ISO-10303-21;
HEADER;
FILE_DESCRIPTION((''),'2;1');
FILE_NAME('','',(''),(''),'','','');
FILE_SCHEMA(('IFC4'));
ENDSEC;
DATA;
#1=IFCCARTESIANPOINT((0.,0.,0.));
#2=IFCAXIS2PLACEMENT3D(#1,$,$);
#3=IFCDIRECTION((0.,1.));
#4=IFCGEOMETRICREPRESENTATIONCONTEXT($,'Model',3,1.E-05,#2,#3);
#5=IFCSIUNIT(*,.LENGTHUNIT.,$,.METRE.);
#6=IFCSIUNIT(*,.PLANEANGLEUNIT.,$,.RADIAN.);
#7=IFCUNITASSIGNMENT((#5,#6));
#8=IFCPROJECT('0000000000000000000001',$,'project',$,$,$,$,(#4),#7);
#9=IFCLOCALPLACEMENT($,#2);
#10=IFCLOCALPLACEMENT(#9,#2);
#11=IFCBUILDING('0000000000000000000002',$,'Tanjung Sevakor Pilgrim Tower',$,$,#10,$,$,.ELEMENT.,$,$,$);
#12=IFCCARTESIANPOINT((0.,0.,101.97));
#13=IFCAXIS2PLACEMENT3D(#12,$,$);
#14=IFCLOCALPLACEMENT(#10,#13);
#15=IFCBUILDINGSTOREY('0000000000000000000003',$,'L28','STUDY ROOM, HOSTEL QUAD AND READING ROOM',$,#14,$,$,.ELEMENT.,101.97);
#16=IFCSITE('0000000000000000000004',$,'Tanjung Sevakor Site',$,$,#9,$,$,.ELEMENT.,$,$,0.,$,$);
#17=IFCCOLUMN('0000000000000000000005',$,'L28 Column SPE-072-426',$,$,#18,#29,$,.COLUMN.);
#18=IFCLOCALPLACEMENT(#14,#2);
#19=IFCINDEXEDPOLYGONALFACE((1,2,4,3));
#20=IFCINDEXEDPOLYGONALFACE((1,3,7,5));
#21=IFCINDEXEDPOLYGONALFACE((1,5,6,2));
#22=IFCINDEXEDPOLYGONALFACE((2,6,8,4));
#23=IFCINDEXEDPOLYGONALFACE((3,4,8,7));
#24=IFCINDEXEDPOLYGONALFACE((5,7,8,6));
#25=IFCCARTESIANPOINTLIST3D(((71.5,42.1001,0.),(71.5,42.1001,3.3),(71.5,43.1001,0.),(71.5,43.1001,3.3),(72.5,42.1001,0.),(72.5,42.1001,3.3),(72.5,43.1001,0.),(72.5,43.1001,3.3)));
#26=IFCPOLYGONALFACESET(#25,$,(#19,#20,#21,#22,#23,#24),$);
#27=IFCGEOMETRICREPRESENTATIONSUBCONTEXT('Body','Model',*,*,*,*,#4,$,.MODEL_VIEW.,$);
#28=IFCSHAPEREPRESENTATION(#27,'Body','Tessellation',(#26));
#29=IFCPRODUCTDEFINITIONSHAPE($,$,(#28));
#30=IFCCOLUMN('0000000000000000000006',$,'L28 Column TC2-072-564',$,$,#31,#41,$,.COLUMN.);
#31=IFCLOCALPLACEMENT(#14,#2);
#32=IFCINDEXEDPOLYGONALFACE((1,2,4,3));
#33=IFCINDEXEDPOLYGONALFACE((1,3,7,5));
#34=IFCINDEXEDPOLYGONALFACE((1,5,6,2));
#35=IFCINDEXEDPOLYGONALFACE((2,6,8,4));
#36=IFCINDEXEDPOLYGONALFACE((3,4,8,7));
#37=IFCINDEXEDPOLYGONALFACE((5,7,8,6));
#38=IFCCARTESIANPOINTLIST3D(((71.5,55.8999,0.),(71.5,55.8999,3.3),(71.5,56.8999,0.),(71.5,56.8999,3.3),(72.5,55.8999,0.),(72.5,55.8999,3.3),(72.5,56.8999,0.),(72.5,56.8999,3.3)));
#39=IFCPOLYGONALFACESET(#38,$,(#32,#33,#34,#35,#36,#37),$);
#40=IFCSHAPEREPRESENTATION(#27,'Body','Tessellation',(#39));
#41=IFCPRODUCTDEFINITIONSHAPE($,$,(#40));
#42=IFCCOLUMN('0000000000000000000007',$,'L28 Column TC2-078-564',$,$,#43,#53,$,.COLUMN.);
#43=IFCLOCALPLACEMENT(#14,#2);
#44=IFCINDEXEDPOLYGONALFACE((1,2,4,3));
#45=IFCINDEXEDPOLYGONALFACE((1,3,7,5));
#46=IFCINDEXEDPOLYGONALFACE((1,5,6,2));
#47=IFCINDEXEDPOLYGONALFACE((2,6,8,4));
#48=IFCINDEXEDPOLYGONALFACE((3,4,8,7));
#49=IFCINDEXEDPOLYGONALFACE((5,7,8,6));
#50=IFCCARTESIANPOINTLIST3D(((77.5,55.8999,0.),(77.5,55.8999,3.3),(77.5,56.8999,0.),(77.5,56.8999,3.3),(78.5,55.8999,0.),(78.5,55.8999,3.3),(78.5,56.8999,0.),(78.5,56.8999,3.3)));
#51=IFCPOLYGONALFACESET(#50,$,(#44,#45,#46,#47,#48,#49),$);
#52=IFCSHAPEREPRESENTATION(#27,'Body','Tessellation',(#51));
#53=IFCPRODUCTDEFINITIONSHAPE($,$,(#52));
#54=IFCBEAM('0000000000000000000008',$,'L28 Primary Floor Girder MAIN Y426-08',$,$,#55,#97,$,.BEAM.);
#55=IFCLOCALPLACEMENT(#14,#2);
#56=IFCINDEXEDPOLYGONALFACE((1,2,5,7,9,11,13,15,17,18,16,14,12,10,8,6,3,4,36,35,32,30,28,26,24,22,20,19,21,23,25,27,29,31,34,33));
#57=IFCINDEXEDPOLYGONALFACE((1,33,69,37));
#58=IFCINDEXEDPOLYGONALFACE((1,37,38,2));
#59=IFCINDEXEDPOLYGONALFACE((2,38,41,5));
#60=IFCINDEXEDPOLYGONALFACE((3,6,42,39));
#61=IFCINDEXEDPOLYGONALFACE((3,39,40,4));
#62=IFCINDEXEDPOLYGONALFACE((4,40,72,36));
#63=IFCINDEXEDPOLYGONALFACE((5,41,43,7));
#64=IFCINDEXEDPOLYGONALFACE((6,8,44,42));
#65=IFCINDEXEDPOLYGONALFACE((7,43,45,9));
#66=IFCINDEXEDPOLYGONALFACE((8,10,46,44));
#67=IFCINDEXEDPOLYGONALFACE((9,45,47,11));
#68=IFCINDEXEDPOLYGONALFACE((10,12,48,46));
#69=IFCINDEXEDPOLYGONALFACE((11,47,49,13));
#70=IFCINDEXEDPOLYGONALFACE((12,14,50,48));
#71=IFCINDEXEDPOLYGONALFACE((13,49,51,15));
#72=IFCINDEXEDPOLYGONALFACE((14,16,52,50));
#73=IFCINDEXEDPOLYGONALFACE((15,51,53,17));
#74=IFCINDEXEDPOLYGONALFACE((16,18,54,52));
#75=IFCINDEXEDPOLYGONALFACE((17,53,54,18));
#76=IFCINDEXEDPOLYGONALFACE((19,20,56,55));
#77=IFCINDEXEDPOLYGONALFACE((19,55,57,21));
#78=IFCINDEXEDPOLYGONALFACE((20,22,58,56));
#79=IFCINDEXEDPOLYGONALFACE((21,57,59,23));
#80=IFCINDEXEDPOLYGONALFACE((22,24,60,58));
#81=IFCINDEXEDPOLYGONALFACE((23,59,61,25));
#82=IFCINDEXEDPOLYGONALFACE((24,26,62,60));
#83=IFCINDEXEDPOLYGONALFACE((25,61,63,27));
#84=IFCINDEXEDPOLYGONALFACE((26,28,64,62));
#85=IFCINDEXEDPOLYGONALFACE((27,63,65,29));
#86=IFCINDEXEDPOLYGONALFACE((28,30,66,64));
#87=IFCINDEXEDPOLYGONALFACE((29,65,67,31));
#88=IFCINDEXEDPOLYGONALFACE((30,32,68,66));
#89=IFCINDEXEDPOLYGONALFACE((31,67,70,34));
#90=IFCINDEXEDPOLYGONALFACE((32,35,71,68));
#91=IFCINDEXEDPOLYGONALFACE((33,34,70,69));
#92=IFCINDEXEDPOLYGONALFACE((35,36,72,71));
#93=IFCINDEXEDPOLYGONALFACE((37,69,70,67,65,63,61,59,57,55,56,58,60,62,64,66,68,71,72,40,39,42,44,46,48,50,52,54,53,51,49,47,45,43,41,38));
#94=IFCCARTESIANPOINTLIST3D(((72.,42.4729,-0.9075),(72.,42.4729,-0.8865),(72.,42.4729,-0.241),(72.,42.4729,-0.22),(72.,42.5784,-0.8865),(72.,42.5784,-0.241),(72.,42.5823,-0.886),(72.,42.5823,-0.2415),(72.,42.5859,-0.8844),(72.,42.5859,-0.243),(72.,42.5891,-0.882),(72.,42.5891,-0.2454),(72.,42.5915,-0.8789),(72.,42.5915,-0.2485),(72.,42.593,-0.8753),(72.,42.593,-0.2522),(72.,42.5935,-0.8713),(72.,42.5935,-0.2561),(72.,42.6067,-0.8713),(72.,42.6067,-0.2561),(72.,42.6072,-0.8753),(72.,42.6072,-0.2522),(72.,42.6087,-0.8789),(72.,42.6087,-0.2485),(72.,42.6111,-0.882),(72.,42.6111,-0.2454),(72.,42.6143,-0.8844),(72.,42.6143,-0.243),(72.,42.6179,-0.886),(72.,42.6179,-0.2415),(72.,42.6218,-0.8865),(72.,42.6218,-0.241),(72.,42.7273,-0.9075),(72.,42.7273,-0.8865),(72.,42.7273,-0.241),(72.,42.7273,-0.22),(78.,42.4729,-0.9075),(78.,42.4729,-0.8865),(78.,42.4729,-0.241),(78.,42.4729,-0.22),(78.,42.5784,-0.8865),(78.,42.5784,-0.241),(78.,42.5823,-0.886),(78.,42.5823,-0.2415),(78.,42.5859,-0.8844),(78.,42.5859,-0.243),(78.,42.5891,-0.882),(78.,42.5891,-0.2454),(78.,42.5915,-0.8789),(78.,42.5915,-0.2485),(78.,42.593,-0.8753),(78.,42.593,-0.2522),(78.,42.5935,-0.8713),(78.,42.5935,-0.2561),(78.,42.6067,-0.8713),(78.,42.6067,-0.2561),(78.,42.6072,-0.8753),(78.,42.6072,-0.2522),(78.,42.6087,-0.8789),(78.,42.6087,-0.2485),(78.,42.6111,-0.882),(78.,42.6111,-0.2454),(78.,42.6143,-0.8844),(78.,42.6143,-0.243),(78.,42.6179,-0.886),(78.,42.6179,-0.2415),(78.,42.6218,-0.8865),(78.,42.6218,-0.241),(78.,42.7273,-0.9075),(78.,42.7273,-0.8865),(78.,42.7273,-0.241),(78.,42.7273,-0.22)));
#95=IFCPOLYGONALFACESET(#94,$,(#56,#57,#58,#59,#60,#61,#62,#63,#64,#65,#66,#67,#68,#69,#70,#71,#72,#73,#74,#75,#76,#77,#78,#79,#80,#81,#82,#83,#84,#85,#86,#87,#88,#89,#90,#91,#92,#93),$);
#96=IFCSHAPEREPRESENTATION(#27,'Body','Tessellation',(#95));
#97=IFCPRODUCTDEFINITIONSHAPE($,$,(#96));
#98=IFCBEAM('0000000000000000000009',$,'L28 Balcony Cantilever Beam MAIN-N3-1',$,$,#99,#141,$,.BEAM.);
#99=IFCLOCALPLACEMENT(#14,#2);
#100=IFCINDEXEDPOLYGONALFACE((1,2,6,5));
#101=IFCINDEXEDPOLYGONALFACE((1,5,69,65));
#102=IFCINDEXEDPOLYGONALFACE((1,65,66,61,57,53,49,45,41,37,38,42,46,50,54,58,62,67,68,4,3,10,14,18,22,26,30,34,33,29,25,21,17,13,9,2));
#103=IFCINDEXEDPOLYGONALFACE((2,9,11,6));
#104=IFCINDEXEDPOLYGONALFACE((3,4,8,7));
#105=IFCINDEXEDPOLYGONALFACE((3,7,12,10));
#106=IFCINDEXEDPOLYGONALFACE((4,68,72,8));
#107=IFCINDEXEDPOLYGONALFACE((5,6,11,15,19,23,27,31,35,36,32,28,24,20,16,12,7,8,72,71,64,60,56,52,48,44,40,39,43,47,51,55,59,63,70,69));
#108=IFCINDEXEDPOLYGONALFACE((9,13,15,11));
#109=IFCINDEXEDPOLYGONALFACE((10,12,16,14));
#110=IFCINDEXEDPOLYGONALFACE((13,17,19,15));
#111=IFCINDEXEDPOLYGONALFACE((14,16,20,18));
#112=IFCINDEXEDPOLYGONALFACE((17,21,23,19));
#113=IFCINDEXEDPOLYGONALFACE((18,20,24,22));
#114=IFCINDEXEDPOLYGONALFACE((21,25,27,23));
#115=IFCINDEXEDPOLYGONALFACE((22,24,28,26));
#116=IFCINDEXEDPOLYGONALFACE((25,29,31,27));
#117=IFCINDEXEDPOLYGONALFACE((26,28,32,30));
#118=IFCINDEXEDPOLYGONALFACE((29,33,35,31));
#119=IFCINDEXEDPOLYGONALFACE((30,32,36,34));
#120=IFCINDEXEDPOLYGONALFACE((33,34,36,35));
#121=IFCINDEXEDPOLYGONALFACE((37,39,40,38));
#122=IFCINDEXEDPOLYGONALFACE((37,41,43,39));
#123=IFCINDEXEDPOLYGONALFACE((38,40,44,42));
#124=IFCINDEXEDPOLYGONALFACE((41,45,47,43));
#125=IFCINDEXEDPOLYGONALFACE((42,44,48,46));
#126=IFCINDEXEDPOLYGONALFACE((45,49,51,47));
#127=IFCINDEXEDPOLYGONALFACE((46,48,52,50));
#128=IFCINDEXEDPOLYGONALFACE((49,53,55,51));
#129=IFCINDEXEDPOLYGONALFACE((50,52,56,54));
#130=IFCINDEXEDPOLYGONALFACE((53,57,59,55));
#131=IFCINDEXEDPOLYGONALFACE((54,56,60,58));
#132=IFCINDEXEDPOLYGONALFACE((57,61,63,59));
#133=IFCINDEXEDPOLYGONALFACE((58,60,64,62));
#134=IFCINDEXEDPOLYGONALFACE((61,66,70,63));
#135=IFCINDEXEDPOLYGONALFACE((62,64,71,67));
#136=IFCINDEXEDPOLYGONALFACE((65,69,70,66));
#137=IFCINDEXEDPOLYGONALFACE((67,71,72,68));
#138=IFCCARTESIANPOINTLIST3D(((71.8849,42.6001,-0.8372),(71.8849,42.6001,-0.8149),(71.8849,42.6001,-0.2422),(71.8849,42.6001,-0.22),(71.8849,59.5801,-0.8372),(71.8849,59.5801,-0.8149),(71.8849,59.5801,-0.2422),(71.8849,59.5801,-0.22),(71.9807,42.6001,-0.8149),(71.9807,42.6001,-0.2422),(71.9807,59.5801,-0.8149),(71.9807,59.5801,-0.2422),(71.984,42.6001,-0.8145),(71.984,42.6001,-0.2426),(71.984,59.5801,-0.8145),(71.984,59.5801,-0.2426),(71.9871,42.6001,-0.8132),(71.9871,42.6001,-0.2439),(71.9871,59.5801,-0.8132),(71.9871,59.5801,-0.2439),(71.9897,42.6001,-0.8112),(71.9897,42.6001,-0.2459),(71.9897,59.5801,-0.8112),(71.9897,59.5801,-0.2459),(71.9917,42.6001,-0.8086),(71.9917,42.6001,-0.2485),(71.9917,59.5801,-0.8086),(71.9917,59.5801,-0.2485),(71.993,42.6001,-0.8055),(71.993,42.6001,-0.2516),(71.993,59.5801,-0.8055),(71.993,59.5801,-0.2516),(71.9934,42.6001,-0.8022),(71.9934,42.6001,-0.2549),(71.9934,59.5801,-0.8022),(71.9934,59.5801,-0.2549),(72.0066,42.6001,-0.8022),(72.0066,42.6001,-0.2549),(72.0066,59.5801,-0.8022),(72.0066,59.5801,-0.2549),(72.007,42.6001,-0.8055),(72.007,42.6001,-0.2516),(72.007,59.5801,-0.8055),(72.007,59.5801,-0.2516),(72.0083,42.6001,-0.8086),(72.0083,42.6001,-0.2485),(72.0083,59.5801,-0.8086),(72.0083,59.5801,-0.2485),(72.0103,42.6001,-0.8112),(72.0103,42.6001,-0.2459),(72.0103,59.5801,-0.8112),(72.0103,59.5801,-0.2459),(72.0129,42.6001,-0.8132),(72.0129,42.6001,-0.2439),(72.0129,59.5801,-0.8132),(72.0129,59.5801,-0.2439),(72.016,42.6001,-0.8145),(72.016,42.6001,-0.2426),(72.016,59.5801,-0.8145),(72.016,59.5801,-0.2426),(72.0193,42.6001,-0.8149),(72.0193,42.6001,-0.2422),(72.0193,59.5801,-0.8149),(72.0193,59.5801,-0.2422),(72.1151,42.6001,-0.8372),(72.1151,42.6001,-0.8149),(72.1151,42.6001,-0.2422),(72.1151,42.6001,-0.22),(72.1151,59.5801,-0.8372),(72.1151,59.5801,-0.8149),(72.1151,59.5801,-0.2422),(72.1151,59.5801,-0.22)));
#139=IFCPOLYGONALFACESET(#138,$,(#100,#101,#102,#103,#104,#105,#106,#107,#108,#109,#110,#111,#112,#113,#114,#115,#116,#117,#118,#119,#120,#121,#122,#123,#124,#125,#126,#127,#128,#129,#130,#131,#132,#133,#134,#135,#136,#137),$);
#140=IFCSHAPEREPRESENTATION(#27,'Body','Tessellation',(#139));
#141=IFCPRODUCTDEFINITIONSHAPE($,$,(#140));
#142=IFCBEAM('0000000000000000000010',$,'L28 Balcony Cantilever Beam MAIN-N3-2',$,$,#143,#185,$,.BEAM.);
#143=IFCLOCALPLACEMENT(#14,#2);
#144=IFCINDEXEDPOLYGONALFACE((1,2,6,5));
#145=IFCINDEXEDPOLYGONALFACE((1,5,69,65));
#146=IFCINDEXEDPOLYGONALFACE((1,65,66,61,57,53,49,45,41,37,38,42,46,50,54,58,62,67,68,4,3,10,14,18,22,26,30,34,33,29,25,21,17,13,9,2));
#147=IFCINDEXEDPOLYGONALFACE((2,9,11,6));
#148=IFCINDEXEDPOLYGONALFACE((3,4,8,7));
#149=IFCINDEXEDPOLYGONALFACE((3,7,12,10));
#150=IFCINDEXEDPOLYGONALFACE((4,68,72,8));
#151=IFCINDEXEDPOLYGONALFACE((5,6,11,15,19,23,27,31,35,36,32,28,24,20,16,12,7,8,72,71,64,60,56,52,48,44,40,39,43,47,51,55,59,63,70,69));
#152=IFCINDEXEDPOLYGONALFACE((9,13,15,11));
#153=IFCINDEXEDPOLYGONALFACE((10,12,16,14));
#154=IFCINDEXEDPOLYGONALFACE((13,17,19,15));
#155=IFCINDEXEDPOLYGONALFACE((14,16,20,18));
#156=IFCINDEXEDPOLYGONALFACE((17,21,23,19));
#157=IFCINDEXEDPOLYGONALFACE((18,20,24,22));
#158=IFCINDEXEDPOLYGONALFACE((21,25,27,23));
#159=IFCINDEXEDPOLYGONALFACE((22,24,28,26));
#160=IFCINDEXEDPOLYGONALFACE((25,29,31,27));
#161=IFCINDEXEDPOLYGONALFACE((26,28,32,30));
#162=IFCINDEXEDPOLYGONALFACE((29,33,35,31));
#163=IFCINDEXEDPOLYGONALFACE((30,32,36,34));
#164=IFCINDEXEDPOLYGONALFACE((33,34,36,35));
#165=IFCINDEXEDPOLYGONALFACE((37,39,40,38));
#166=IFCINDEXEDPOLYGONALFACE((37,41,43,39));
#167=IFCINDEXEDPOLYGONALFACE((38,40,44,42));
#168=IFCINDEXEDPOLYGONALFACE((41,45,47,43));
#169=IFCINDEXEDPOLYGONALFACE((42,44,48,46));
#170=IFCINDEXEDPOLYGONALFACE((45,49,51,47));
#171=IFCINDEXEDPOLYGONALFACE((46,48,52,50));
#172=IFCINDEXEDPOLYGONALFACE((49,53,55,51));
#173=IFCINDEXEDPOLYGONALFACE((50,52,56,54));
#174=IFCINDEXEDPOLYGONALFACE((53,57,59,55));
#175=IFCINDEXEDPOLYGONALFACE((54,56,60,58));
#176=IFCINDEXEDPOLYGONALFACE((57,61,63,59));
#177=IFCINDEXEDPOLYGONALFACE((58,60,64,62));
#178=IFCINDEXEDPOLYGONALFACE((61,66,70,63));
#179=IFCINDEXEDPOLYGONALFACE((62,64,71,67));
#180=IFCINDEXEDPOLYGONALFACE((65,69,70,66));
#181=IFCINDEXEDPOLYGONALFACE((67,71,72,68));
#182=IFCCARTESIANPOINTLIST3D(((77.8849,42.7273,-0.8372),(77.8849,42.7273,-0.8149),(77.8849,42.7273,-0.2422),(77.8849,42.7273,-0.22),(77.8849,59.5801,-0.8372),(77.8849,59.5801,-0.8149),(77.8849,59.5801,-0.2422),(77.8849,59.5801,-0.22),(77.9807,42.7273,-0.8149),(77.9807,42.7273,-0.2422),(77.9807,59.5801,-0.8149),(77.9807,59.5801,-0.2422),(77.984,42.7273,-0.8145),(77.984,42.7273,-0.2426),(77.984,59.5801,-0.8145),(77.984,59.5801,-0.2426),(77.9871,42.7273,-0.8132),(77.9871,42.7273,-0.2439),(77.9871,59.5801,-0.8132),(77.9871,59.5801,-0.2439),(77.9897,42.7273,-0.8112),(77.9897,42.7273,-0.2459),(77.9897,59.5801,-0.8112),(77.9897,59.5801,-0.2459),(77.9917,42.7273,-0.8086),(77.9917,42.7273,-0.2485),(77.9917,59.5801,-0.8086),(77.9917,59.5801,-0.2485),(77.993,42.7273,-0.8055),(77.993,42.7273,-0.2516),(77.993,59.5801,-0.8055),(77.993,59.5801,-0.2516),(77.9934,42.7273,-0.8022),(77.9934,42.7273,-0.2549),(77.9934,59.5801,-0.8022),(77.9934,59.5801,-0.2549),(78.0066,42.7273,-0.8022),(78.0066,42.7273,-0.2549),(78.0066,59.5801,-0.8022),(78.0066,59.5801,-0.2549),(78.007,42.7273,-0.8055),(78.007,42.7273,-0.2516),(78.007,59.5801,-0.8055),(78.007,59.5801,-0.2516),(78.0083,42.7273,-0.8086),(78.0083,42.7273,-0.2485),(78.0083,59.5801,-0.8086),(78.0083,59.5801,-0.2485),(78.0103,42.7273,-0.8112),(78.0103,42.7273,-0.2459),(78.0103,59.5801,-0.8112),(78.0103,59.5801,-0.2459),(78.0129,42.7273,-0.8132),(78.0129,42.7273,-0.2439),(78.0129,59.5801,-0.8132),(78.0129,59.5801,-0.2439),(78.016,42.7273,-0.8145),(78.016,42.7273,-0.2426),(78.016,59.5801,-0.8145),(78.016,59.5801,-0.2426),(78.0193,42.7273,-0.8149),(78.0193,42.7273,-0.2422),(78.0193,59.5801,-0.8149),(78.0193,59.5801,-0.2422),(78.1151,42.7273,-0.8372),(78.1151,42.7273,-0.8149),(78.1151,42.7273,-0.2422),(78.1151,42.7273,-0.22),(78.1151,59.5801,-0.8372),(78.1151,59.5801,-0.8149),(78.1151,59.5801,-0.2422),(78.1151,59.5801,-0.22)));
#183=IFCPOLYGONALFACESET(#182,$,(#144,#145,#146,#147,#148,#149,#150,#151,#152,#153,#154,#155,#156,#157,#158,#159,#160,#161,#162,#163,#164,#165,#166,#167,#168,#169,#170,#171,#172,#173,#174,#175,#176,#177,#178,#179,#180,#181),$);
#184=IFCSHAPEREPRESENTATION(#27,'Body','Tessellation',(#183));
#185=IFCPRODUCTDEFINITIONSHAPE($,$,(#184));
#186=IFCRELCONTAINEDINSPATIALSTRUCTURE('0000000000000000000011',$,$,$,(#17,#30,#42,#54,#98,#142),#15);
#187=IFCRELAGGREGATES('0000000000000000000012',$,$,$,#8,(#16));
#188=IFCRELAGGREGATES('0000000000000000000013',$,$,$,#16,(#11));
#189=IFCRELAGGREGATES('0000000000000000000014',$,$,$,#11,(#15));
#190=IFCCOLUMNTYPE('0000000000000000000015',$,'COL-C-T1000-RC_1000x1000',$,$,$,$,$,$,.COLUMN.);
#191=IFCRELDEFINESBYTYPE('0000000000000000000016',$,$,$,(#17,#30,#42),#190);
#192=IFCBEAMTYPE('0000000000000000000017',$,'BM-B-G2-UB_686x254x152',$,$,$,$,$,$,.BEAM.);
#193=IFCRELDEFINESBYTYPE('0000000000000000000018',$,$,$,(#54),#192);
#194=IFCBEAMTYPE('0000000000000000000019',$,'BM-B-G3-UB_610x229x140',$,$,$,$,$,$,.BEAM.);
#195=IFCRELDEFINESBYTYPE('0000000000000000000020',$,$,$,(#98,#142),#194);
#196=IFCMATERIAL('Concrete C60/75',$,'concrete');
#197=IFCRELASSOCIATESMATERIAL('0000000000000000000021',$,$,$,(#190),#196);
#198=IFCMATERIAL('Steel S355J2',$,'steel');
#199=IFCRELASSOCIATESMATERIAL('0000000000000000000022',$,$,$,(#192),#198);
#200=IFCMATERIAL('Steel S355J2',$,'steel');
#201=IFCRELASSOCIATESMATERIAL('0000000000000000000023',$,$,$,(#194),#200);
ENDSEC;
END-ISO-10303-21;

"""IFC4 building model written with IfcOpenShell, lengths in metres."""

from ifc_helpers import new_model, si_unit, direction, frame, origin, origin_2d, place, context, subcontext, project, spatial, rectangle, i_section, extrude, material, material_profile, profile_set, type_object, element, save


model = new_model("IFC4")

# Units and contexts
model_context = context("Model", 3, precision=1e-05, world=origin(), true_north=direction((0.0, 1.0)))
body_context = subcontext(model_context, "Body", "Model", "MODEL_VIEW")
ifc_project = project(units=[si_unit("LENGTHUNIT", "METRE"), si_unit("PLANEANGLEUNIT", "RADIAN")], contexts=[model_context])

# Site, building, storey
site_placement = place(None, origin())
site = spatial("IfcSite", under=ifc_project, at=site_placement, Name="Tanjung Sevakor Site", CompositionType="ELEMENT", RefElevation=0.0)
building_placement = place(site_placement, origin())
building = spatial("IfcBuilding", under=site, at=building_placement, Name="Tanjung Sevakor Pilgrim Tower", CompositionType="ELEMENT")
storey_placement = place(building_placement, frame((0.0, 0.0, 101.97)))
storey = spatial("IfcBuildingStorey", under=building, at=storey_placement, Name="L28", Description="STUDY ROOM, HOSTEL QUAD AND READING ROOM", CompositionType="ELEMENT", Elevation=101.97)

# Columns
ifc_material_1 = material(Name="Concrete C60/75", Category="concrete")
ifc_material_profile_1 = material_profile(ifc_material_1, rectangle(XDim=1.0, YDim=1.0, at=origin_2d()))
ifc_profile_set_1 = profile_set([ifc_material_profile_1], Name="Concrete C60/75")
column_type = type_object("IfcColumnType", Name="COL-C-T1000-RC_1000x1000", PredefinedType="COLUMN", material=ifc_profile_set_1)
for number, where, z_axis, x_axis, name in (
    (1, (72.0, 42.6001, 0.0), (0.0, 0.0, 1.0), (1.0, 0.0, 0.0), "L28 Column SPE-072-426"),
    (2, (72.0, 56.3999, 0.0), (0.0, 0.0, 1.0), (1.0, 0.0, 0.0), "L28 Column TC2-072-564"),
    (3, (78.0, 56.3999, 0.0), (0.0, 0.0, 1.0), (1.0, 0.0, 0.0), "L28 Column TC2-078-564"),
):
    element("IfcColumn", number, at=place(storey_placement, frame(where, z_axis=z_axis, x_axis=x_axis)), inside=storey, type_object=column_type, Name=name, PredefinedType="COLUMN", context=body_context, shape_type="SweptSolid", body=[
        extrude(rectangle(XDim=1.0, YDim=1.0, at=origin_2d()), origin(), (0.0, 0.0, 1.0), 3.3),
    ])

# Beams
ifc_material_2 = material(Name="Steel S355J2", Category="steel")
ifc_material_profile_2 = material_profile(ifc_material_2, i_section(OverallWidth=0.2544, OverallDepth=0.6875, WebThickness=0.0132, FlangeThickness=0.021, FilletRadius=0.0151, at=origin_2d()))
ifc_profile_set_2 = profile_set([ifc_material_profile_2], Name="Steel S355J2")
beam_type_1 = type_object("IfcBeamType", Name="BM-B-G2-UB_686x254x152", PredefinedType="BEAM", material=ifc_profile_set_2)
beam_1_placement = place(storey_placement, frame((72.0, 42.6001, -0.5637), z_axis=(1.0, 0.0, 0.0), x_axis=(0.0, 1.0, 0.0)))
element("IfcBeam", 4, at=beam_1_placement, inside=storey, type_object=beam_type_1, Name="L28 Primary Floor Girder MAIN Y426-08", PredefinedType="BEAM", context=body_context, shape_type="SweptSolid", body=[
    extrude(i_section(OverallWidth=0.2544, OverallDepth=0.6875, WebThickness=0.0132, FlangeThickness=0.021, FilletRadius=0.0151, at=origin_2d()), origin(), (0.0, 0.0, 1.0), 6.0),
])
ifc_material_3 = material(Name="Steel S355J2", Category="steel")
ifc_material_profile_3 = material_profile(ifc_material_3, i_section(OverallWidth=0.2302, OverallDepth=0.6172, WebThickness=0.0132, FlangeThickness=0.0222, FilletRadius=0.0127, at=origin_2d()))
ifc_profile_set_3 = profile_set([ifc_material_profile_3], Name="Steel S355J2")
beam_type_2 = type_object("IfcBeamType", Name="BM-B-G3-UB_610x229x140", PredefinedType="BEAM", material=ifc_profile_set_3)
beam_2_placement = place(storey_placement, frame((72.0, 42.6001, -0.5286), z_axis=(0.0, 1.0, 0.0), x_axis=(-1.0, 0.0, 0.0)))
element("IfcBeam", 5, at=beam_2_placement, inside=storey, type_object=beam_type_2, Name="L28 Balcony Cantilever Beam MAIN-N3-1", PredefinedType="BEAM", context=body_context, shape_type="SweptSolid", body=[
    extrude(i_section(OverallWidth=0.2302, OverallDepth=0.6172, WebThickness=0.0132, FlangeThickness=0.0222, FilletRadius=0.0127, at=origin_2d()), origin(), (0.0, 0.0, 1.0), 16.98),
])
beam_3_placement = place(storey_placement, frame((78.0, 42.7273, -0.5286), z_axis=(0.0, 1.0, 0.0), x_axis=(-1.0, 0.0, 0.0)))
element("IfcBeam", 6, at=beam_3_placement, inside=storey, type_object=beam_type_2, Name="L28 Balcony Cantilever Beam MAIN-N3-2", PredefinedType="BEAM", context=body_context, shape_type="SweptSolid", body=[
    extrude(i_section(OverallWidth=0.2302, OverallDepth=0.6172, WebThickness=0.0132, FlangeThickness=0.0222, FilletRadius=0.0127, at=origin_2d()), origin(), (0.0, 0.0, 1.0), 16.8528),
])

save(model, "model.ifc")
